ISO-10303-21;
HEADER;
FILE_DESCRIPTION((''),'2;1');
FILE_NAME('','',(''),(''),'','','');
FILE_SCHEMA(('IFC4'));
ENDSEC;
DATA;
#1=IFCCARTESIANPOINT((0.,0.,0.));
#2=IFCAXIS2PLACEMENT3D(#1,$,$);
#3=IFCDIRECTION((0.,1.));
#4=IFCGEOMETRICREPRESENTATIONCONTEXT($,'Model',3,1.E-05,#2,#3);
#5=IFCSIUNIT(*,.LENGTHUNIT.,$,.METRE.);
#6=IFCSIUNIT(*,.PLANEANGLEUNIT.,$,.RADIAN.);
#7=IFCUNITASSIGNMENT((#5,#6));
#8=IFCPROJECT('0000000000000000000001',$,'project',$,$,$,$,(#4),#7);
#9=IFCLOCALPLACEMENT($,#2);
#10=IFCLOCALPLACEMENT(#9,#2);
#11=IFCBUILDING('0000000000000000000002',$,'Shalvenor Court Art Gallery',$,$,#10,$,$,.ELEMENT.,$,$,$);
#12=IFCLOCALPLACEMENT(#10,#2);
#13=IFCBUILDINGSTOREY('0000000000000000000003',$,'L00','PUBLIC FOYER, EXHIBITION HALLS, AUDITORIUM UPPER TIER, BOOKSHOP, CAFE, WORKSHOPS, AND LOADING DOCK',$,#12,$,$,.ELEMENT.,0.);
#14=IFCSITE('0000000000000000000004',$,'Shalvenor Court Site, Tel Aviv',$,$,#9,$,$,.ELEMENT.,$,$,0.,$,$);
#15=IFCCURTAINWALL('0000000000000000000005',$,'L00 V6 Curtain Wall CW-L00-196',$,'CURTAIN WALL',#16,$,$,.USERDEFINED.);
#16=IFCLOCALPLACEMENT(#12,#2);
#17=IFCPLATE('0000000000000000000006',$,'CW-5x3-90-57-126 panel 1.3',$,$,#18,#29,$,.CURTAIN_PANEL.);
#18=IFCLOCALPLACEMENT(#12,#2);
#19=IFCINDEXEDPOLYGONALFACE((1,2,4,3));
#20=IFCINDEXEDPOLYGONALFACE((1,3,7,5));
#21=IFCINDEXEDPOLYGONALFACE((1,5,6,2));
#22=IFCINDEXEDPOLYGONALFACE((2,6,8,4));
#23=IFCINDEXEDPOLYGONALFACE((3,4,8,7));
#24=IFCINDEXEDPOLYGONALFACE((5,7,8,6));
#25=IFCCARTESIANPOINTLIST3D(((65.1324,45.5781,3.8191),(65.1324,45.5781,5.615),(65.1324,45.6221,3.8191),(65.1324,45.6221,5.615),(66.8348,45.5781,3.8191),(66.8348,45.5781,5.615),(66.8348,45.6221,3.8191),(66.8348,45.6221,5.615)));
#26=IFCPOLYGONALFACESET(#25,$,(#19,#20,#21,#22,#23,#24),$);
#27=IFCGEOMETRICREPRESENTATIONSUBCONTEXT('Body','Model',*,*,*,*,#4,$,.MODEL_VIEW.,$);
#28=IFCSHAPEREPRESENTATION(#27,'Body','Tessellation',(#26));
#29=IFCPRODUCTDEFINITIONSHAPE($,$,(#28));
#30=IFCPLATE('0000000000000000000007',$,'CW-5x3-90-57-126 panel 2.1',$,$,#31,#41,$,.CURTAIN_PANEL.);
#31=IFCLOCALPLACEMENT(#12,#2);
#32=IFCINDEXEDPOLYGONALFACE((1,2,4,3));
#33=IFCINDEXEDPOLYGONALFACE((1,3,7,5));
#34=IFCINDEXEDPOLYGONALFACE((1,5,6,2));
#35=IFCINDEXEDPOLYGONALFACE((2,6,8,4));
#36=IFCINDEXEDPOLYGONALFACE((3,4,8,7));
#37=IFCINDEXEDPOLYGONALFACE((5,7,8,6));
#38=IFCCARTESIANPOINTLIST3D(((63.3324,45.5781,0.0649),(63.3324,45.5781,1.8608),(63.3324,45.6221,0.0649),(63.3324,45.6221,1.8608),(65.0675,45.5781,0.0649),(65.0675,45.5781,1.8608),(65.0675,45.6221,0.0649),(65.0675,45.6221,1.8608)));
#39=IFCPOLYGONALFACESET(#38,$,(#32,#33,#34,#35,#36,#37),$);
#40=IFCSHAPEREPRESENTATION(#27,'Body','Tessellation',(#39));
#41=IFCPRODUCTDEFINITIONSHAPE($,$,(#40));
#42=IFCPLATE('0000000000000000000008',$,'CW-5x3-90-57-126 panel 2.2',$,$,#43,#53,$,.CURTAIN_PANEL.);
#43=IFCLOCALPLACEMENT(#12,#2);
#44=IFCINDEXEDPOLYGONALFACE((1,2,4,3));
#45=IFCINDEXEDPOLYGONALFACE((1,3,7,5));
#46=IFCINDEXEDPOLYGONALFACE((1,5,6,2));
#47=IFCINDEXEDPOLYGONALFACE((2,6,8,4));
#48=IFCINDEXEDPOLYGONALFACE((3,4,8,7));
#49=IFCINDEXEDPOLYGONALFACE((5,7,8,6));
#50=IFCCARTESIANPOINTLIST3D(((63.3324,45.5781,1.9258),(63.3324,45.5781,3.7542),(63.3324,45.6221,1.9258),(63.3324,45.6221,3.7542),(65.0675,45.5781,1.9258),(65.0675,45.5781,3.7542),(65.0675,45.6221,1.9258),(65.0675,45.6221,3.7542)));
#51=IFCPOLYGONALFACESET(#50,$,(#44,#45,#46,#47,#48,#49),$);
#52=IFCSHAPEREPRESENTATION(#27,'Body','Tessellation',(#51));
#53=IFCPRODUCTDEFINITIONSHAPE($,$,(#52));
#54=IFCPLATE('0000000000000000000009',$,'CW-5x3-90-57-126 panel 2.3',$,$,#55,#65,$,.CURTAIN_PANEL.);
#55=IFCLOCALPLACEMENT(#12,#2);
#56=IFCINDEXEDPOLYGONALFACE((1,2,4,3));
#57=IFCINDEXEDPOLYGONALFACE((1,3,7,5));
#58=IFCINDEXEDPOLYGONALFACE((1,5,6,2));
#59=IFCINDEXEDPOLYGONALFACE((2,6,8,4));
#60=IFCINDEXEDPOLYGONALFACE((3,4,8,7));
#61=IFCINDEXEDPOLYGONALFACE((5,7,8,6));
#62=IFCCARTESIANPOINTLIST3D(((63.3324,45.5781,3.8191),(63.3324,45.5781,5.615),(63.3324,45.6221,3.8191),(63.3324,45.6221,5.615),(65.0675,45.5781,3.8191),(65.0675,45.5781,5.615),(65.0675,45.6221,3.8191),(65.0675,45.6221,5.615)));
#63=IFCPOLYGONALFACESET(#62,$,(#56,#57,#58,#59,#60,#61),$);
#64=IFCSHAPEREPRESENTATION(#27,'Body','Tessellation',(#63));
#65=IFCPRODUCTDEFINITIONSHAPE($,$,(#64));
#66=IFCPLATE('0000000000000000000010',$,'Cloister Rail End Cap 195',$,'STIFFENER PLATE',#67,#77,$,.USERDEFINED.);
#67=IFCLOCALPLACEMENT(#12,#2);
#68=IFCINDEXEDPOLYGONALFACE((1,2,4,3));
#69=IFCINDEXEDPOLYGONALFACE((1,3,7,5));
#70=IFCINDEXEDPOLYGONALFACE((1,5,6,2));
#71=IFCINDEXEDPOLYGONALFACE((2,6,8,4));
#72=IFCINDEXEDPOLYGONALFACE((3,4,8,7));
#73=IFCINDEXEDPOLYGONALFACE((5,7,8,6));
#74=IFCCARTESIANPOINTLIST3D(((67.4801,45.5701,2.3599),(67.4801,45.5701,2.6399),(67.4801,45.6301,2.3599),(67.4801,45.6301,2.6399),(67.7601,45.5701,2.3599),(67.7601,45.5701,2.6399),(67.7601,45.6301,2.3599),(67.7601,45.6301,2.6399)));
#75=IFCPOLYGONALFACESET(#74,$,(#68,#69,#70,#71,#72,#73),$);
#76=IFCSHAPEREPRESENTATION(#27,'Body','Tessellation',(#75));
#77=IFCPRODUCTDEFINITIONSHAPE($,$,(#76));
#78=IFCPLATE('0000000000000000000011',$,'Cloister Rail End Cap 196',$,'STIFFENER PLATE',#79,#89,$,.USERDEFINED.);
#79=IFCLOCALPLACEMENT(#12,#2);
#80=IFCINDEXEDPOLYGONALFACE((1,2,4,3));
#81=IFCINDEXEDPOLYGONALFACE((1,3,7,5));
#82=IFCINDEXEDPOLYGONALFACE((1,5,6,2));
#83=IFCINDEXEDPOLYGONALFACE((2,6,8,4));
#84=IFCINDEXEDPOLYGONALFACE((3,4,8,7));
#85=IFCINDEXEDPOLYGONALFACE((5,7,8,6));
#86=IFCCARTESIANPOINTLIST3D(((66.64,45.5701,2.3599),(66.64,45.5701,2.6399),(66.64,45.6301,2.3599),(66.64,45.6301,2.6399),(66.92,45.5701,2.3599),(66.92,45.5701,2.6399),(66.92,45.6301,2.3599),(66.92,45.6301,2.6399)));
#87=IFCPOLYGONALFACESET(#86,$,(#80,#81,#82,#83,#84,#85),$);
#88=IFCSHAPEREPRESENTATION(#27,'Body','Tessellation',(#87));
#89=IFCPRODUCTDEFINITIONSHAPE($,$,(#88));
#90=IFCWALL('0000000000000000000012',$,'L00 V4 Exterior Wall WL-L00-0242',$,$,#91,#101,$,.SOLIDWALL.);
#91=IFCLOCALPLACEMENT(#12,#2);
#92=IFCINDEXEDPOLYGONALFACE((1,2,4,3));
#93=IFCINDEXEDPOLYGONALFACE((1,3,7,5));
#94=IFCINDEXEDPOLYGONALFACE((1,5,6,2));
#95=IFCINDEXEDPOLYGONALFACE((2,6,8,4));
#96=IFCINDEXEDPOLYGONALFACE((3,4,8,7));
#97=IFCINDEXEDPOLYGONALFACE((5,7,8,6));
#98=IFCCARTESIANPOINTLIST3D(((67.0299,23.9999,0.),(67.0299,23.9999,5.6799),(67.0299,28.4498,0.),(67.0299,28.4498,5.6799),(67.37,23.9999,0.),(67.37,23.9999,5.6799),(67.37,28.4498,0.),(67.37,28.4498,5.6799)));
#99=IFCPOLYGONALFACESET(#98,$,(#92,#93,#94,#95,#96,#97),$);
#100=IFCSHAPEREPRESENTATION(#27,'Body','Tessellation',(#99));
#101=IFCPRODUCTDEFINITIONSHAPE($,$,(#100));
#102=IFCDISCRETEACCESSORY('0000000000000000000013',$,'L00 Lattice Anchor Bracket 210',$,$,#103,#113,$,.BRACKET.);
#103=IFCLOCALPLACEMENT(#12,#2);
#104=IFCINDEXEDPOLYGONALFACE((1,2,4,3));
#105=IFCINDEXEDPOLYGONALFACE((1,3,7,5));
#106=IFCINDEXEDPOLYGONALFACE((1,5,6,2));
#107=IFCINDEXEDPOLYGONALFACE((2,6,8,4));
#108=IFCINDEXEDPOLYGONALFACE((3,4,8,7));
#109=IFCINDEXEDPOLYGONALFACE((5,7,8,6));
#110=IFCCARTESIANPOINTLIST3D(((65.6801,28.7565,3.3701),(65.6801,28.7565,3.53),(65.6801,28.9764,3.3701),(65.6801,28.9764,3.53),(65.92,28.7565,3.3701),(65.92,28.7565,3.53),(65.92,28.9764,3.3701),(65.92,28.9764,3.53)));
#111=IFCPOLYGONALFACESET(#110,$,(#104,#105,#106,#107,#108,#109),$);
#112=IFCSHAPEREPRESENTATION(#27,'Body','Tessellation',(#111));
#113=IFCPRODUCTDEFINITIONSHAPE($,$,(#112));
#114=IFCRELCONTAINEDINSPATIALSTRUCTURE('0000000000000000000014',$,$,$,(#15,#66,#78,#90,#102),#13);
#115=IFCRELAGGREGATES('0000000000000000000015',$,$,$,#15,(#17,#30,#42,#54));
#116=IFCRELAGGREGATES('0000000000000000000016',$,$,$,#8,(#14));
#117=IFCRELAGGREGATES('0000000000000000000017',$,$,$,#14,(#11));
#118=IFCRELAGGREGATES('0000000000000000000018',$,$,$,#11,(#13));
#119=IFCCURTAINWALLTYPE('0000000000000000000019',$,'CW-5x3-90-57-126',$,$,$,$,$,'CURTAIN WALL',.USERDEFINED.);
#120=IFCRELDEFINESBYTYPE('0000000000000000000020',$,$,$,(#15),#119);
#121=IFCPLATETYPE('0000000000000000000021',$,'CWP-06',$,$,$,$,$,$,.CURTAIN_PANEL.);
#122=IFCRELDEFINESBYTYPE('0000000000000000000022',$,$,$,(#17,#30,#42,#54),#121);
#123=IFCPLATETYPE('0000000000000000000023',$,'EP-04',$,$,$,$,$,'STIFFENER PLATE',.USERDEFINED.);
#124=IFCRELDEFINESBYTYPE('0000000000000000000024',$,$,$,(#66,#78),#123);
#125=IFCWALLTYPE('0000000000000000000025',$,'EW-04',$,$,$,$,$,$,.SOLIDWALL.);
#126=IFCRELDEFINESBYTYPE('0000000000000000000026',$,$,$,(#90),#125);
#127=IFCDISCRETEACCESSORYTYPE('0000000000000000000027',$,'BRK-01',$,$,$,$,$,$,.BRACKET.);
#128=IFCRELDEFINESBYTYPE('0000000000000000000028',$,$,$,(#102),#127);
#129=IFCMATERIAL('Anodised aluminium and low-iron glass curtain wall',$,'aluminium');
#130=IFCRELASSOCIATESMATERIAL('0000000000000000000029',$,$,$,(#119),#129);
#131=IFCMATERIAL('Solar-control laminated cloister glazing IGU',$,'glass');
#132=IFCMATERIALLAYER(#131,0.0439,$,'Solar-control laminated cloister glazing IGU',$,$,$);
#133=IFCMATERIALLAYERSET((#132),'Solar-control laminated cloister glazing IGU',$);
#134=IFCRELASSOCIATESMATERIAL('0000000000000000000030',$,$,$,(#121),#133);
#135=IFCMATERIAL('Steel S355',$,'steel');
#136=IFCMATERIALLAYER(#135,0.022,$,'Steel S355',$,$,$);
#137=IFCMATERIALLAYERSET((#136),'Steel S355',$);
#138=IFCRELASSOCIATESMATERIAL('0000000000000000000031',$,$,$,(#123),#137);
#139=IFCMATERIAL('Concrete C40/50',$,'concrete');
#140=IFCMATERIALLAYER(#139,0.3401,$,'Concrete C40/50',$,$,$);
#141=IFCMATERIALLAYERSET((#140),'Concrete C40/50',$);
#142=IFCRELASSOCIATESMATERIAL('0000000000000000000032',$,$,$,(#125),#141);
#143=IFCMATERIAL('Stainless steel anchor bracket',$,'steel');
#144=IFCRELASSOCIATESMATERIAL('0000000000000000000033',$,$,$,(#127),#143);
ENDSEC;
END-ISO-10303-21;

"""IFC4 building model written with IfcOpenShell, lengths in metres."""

from ifc_helpers import new_model, si_unit, direction, frame, frame_2d, origin, origin_2d, place, context, subcontext, project, spatial, rectangle, extrude, material, layer, layer_set, type_object, element, aggregate, save


model = new_model("IFC4")

# Units and contexts
model_context = context("Model", 3, precision=1e-05, world=origin(), true_north=direction((0.0, 1.0)))
body_context = subcontext(model_context, "Body", "Model", "MODEL_VIEW")
ifc_project = project(units=[si_unit("LENGTHUNIT", "METRE"), si_unit("PLANEANGLEUNIT", "RADIAN")], contexts=[model_context])

# Site, building, storey
site_placement = place(None, origin())
site = spatial("IfcSite", under=ifc_project, at=site_placement, Name="Shalvenor Court Site, Tel Aviv", CompositionType="ELEMENT", RefElevation=0.0)
building_placement = place(site_placement, origin())
building = spatial("IfcBuilding", under=site, at=building_placement, Name="Shalvenor Court Art Gallery", CompositionType="ELEMENT")
storey_placement = place(building_placement, origin())
storey = spatial("IfcBuildingStorey", under=building, at=storey_placement, Name="L00", Description="PUBLIC FOYER, EXHIBITION HALLS, AUDITORIUM UPPER TIER, BOOKSHOP, CAFE, WORKSHOPS, AND LOADING DOCK", CompositionType="ELEMENT", Elevation=0.0)

# Curtain wall
ifc_material_1 = material(Name="Anodised aluminium and low-iron glass curtain wall", Category="aluminium")
curtain_wall_type_1 = type_object("IfcCurtainWallType", Name="CW-5x3-90-57-126", ElementType="CURTAIN WALL", PredefinedType="USERDEFINED", material=ifc_material_1)
curtain_wall_1_placement = place(storey_placement, origin())
curtain_wall_1 = element("IfcCurtainWall", 1, at=curtain_wall_1_placement, inside=storey, type_object=curtain_wall_type_1, Name="L00 V6 Curtain Wall CW-L00-196", ObjectType="CURTAIN WALL", PredefinedType="USERDEFINED")

# Plates
ifc_material_2 = material(Name="Solar-control laminated cloister glazing IGU", Category="glass")
ifc_layer_1 = layer(ifc_material_2, 0.0439, Name="Solar-control laminated cloister glazing IGU")
ifc_layer_set_1 = layer_set([ifc_layer_1], Name="Solar-control laminated cloister glazing IGU")
plate_type_1 = type_object("IfcPlateType", Name="CWP-06", PredefinedType="CURTAIN_PANEL", material=ifc_layer_set_1)
plate_1_placement = place(storey_placement, frame((65.9836, 45.6001, 3.8191), z_axis=(0.0, 0.0, 1.0), x_axis=(-1.0, 0.0, 0.0)))
plate_1 = element("IfcPlate", 2, at=plate_1_placement, type_object=plate_type_1, Name="CW-5x3-90-57-126 panel 1.3", PredefinedType="CURTAIN_PANEL", context=body_context, shape_type="SweptSolid", body=[
    extrude(rectangle(XDim=1.7024, YDim=0.0439, at=origin_2d()), origin(), (0.0, 0.0, 1.0), 1.7959),
])
plate_2_placement = place(storey_placement, frame((64.2, 45.6001, 0.0649), z_axis=(0.0, 0.0, 1.0), x_axis=(-1.0, 0.0, 0.0)))
plate_2 = element("IfcPlate", 3, at=plate_2_placement, type_object=plate_type_1, Name="CW-5x3-90-57-126 panel 2.1", PredefinedType="CURTAIN_PANEL", context=body_context, shape_type="SweptSolid", body=[
    extrude(rectangle(XDim=1.7351, YDim=0.0439, at=origin_2d()), origin(), (0.0, 0.0, 1.0), 1.7959),
])
plate_3_placement = place(storey_placement, frame((64.2, 45.6001, 1.9258), z_axis=(0.0, 0.0, 1.0), x_axis=(-1.0, 0.0, 0.0)))
plate_3 = element("IfcPlate", 4, at=plate_3_placement, type_object=plate_type_1, Name="CW-5x3-90-57-126 panel 2.2", PredefinedType="CURTAIN_PANEL", context=body_context, shape_type="SweptSolid", body=[
    extrude(rectangle(XDim=1.7351, YDim=0.0439, at=origin_2d()), origin(), (0.0, 0.0, 1.0), 1.8284),
])
plate_4_placement = place(storey_placement, frame((64.2, 45.6001, 3.8191), z_axis=(0.0, 0.0, 1.0), x_axis=(-1.0, 0.0, 0.0)))
plate_4 = element("IfcPlate", 5, at=plate_4_placement, type_object=plate_type_1, Name="CW-5x3-90-57-126 panel 2.3", PredefinedType="CURTAIN_PANEL", context=body_context, shape_type="SweptSolid", body=[
    extrude(rectangle(XDim=1.7351, YDim=0.0439, at=origin_2d()), origin(), (0.0, 0.0, 1.0), 1.7959),
])
aggregate(curtain_wall_1, [plate_1, plate_2, plate_3, plate_4])

# Plates
ifc_material_3 = material(Name="Steel S355", Category="steel")
ifc_layer_2 = layer(ifc_material_3, 0.022, Name="Steel S355")
ifc_layer_set_2 = layer_set([ifc_layer_2], Name="Steel S355")
plate_type_2 = type_object("IfcPlateType", Name="EP-04", ElementType="STIFFENER PLATE", PredefinedType="USERDEFINED", material=ifc_layer_set_2)
for number, where, z_axis, x_axis, name in (
    (6, (67.6201, 45.6001, 2.3599), (0.0, 0.0, 1.0), (1.0, 0.0, 0.0), "Cloister Rail End Cap 195"),
    (7, (66.78, 45.6001, 2.3599), (0.0, 0.0, 1.0), (1.0, 0.0, 0.0), "Cloister Rail End Cap 196"),
):
    element("IfcPlate", number, at=place(storey_placement, frame(where, z_axis=z_axis, x_axis=x_axis)), inside=storey, type_object=plate_type_2, Name=name, ObjectType="STIFFENER PLATE", PredefinedType="USERDEFINED", context=body_context, shape_type="SweptSolid", body=[
        extrude(rectangle(XDim=0.28, YDim=0.0601, at=origin_2d()), origin(), (0.0, 0.0, 1.0), 0.28),
    ])

# Wall
ifc_material_4 = material(Name="Concrete C40/50", Category="concrete")
ifc_layer_3 = layer(ifc_material_4, 0.3401, Name="Concrete C40/50")
ifc_layer_set_3 = layer_set([ifc_layer_3], Name="Concrete C40/50")
wall_type = type_object("IfcWallType", Name="EW-04", PredefinedType="SOLIDWALL", material=ifc_layer_set_3)
wall_placement = place(storey_placement, frame((67.2, 28.45, 0.0), z_axis=(0.0, 0.0, 1.0), x_axis=(0.0, -1.0, 0.0)))
element("IfcWall", 8, at=wall_placement, inside=storey, type_object=wall_type, Name="L00 V4 Exterior Wall WL-L00-0242", PredefinedType="SOLIDWALL", context=body_context, shape_type="SweptSolid", body=[
    extrude(rectangle(XDim=4.45, YDim=0.3401, at=frame_2d((2.2251, 0.0))), origin(), (0.0, 0.0, 1.0), 5.6799),
])

# Discrete accessory
ifc_material_5 = material(Name="Stainless steel anchor bracket", Category="steel")
discrete_accessory_type = type_object("IfcDiscreteAccessoryType", Name="BRK-01", PredefinedType="BRACKET", material=ifc_material_5)
discrete_accessory_placement = place(storey_placement, frame((65.8, 28.8665, 3.3701), z_axis=(0.0, 0.0, 1.0), x_axis=(1.0, 0.0, 0.0)))
element("IfcDiscreteAccessory", 9, at=discrete_accessory_placement, inside=storey, type_object=discrete_accessory_type, Name="L00 Lattice Anchor Bracket 210", PredefinedType="BRACKET", context=body_context, shape_type="SweptSolid", body=[
    extrude(rectangle(XDim=0.24, YDim=0.22, at=origin_2d()), origin(), (0.0, 0.0, 1.0), 0.1599),
])

save(model, "model.ifc")
